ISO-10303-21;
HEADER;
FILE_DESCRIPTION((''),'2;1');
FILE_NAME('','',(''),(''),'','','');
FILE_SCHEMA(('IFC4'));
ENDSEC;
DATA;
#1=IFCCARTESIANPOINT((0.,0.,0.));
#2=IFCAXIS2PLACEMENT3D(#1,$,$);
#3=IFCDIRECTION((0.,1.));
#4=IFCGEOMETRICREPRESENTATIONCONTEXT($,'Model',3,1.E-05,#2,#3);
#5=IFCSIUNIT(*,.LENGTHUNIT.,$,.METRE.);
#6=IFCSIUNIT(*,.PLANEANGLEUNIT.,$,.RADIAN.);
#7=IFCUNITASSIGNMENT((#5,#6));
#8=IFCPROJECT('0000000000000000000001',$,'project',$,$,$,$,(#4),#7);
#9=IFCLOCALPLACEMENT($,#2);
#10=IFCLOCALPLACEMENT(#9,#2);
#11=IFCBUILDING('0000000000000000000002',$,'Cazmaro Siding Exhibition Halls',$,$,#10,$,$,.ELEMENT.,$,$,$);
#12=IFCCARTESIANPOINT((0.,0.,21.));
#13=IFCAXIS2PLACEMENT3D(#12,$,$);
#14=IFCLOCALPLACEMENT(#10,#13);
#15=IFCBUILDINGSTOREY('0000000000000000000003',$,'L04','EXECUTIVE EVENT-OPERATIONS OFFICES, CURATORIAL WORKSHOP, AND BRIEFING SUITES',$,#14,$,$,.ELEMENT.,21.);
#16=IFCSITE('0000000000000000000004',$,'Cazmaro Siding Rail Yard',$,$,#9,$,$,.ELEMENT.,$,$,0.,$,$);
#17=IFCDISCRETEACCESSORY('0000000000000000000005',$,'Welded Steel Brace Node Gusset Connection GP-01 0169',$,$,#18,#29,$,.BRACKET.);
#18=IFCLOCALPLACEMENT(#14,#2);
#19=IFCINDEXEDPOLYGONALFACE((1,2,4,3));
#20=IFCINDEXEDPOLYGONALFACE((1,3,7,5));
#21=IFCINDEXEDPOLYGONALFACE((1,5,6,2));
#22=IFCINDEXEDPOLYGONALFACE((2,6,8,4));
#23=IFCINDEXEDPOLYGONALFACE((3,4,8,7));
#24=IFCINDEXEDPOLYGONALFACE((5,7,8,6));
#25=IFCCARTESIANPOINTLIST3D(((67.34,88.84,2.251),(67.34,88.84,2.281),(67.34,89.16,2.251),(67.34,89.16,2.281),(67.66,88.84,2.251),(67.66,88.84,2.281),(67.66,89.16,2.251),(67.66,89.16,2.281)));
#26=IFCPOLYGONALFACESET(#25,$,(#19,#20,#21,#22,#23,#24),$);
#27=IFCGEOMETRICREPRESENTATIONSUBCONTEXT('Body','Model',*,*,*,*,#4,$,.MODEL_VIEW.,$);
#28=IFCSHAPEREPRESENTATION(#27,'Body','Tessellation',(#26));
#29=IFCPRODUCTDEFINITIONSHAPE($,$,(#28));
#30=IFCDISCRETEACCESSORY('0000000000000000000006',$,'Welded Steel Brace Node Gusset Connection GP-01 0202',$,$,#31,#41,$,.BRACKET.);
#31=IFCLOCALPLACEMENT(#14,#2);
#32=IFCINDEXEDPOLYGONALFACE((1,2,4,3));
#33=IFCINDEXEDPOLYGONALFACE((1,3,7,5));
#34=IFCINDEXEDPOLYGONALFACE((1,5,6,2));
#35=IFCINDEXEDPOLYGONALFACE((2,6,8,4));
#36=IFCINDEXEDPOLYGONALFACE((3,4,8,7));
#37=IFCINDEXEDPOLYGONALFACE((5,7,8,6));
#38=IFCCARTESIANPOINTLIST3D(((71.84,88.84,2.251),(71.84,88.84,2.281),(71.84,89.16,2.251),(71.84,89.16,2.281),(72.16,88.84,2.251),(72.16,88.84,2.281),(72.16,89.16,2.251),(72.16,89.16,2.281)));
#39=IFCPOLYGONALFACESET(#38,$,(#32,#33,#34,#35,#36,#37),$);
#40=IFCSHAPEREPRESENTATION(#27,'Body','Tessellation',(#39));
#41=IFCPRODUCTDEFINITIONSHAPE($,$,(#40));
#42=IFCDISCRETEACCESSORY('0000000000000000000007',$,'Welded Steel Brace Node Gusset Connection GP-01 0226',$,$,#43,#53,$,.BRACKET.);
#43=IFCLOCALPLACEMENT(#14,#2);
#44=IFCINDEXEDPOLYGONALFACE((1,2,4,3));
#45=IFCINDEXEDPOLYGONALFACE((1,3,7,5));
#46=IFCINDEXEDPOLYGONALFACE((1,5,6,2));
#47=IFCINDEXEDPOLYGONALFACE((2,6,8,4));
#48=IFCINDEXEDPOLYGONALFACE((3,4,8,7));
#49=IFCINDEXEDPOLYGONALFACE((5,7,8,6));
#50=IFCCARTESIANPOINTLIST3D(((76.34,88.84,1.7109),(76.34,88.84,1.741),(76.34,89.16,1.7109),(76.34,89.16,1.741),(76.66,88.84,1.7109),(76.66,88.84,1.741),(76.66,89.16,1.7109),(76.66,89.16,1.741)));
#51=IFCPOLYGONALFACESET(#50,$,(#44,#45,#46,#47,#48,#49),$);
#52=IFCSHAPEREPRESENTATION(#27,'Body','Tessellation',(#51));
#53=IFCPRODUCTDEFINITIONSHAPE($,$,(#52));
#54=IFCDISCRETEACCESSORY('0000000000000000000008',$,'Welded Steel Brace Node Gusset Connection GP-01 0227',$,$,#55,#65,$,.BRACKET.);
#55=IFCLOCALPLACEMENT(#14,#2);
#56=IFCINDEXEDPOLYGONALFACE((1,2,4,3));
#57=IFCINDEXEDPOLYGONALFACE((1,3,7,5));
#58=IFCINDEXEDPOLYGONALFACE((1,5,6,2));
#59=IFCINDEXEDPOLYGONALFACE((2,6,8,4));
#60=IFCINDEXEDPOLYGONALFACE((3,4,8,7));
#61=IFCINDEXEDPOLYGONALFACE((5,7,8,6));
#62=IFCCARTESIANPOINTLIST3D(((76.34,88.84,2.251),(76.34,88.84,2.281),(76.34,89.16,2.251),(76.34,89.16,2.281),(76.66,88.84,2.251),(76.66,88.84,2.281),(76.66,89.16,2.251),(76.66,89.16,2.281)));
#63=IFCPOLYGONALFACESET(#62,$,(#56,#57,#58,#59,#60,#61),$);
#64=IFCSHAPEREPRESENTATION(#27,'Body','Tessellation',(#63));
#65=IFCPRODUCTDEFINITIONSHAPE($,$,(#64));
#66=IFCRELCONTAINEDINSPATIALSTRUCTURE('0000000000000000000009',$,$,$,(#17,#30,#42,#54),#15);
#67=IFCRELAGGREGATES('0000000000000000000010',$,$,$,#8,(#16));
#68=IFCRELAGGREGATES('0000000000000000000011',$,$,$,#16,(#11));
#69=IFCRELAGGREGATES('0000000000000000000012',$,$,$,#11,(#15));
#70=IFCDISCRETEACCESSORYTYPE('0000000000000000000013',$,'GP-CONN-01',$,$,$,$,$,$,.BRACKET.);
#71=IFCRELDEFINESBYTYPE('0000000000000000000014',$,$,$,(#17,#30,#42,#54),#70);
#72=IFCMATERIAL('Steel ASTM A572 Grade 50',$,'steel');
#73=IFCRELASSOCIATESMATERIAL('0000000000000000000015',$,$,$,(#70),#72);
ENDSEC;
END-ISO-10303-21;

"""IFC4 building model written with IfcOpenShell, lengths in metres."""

from ifc_helpers import new_model, si_unit, direction, frame, origin, origin_2d, place, context, subcontext, project, spatial, rectangle, extrude, material, type_object, element, save


model = new_model("IFC4")

# Units and contexts
model_context = context("Model", 3, precision=1e-05, world=origin(), true_north=direction((0.0, 1.0)))
body_context = subcontext(model_context, "Body", "Model", "MODEL_VIEW")
ifc_project = project(units=[si_unit("LENGTHUNIT", "METRE"), si_unit("PLANEANGLEUNIT", "RADIAN")], contexts=[model_context])

# Site, building, storey
site_placement = place(None, origin())
site = spatial("IfcSite", under=ifc_project, at=site_placement, Name="Cazmaro Siding Rail Yard", CompositionType="ELEMENT", RefElevation=0.0)
building_placement = place(site_placement, origin())
building = spatial("IfcBuilding", under=site, at=building_placement, Name="Cazmaro Siding Exhibition Halls", CompositionType="ELEMENT")
storey_placement = place(building_placement, frame((0.0, 0.0, 21.0)))
storey = spatial("IfcBuildingStorey", under=building, at=storey_placement, Name="L04", Description="EXECUTIVE EVENT-OPERATIONS OFFICES, CURATORIAL WORKSHOP, AND BRIEFING SUITES", CompositionType="ELEMENT", Elevation=21.0)

# Discrete accessories
ifc_material_1 = material(Name="Steel ASTM A572 Grade 50", Category="steel")
discrete_accessory_type = type_object("IfcDiscreteAccessoryType", Name="GP-CONN-01", PredefinedType="BRACKET", material=ifc_material_1)
for number, where, z_axis, x_axis, name in (
    (1, (67.5, 89.0, 2.251), (0.0, 0.0, 1.0), (1.0, 0.0, 0.0), "Welded Steel Brace Node Gusset Connection GP-01 0169"),
    (2, (72.0, 89.0, 2.251), (0.0, 0.0, 1.0), (1.0, 0.0, 0.0), "Welded Steel Brace Node Gusset Connection GP-01 0202"),
    (3, (76.5, 89.0, 1.7109), (0.0, 0.0, 1.0), (1.0, 0.0, 0.0), "Welded Steel Brace Node Gusset Connection GP-01 0226"),
    (4, (76.5, 89.0, 2.251), (0.0, 0.0, 1.0), (1.0, 0.0, 0.0), "Welded Steel Brace Node Gusset Connection GP-01 0227"),
):
    element("IfcDiscreteAccessory", number, at=place(storey_placement, frame(where, z_axis=z_axis, x_axis=x_axis)), inside=storey, type_object=discrete_accessory_type, Name=name, PredefinedType="BRACKET", context=body_context, shape_type="SweptSolid", body=[
        extrude(rectangle(XDim=0.3201, YDim=0.3201, at=origin_2d()), origin(), (0.0, 0.0, 1.0), 0.03),
    ])

save(model, "model.ifc")
